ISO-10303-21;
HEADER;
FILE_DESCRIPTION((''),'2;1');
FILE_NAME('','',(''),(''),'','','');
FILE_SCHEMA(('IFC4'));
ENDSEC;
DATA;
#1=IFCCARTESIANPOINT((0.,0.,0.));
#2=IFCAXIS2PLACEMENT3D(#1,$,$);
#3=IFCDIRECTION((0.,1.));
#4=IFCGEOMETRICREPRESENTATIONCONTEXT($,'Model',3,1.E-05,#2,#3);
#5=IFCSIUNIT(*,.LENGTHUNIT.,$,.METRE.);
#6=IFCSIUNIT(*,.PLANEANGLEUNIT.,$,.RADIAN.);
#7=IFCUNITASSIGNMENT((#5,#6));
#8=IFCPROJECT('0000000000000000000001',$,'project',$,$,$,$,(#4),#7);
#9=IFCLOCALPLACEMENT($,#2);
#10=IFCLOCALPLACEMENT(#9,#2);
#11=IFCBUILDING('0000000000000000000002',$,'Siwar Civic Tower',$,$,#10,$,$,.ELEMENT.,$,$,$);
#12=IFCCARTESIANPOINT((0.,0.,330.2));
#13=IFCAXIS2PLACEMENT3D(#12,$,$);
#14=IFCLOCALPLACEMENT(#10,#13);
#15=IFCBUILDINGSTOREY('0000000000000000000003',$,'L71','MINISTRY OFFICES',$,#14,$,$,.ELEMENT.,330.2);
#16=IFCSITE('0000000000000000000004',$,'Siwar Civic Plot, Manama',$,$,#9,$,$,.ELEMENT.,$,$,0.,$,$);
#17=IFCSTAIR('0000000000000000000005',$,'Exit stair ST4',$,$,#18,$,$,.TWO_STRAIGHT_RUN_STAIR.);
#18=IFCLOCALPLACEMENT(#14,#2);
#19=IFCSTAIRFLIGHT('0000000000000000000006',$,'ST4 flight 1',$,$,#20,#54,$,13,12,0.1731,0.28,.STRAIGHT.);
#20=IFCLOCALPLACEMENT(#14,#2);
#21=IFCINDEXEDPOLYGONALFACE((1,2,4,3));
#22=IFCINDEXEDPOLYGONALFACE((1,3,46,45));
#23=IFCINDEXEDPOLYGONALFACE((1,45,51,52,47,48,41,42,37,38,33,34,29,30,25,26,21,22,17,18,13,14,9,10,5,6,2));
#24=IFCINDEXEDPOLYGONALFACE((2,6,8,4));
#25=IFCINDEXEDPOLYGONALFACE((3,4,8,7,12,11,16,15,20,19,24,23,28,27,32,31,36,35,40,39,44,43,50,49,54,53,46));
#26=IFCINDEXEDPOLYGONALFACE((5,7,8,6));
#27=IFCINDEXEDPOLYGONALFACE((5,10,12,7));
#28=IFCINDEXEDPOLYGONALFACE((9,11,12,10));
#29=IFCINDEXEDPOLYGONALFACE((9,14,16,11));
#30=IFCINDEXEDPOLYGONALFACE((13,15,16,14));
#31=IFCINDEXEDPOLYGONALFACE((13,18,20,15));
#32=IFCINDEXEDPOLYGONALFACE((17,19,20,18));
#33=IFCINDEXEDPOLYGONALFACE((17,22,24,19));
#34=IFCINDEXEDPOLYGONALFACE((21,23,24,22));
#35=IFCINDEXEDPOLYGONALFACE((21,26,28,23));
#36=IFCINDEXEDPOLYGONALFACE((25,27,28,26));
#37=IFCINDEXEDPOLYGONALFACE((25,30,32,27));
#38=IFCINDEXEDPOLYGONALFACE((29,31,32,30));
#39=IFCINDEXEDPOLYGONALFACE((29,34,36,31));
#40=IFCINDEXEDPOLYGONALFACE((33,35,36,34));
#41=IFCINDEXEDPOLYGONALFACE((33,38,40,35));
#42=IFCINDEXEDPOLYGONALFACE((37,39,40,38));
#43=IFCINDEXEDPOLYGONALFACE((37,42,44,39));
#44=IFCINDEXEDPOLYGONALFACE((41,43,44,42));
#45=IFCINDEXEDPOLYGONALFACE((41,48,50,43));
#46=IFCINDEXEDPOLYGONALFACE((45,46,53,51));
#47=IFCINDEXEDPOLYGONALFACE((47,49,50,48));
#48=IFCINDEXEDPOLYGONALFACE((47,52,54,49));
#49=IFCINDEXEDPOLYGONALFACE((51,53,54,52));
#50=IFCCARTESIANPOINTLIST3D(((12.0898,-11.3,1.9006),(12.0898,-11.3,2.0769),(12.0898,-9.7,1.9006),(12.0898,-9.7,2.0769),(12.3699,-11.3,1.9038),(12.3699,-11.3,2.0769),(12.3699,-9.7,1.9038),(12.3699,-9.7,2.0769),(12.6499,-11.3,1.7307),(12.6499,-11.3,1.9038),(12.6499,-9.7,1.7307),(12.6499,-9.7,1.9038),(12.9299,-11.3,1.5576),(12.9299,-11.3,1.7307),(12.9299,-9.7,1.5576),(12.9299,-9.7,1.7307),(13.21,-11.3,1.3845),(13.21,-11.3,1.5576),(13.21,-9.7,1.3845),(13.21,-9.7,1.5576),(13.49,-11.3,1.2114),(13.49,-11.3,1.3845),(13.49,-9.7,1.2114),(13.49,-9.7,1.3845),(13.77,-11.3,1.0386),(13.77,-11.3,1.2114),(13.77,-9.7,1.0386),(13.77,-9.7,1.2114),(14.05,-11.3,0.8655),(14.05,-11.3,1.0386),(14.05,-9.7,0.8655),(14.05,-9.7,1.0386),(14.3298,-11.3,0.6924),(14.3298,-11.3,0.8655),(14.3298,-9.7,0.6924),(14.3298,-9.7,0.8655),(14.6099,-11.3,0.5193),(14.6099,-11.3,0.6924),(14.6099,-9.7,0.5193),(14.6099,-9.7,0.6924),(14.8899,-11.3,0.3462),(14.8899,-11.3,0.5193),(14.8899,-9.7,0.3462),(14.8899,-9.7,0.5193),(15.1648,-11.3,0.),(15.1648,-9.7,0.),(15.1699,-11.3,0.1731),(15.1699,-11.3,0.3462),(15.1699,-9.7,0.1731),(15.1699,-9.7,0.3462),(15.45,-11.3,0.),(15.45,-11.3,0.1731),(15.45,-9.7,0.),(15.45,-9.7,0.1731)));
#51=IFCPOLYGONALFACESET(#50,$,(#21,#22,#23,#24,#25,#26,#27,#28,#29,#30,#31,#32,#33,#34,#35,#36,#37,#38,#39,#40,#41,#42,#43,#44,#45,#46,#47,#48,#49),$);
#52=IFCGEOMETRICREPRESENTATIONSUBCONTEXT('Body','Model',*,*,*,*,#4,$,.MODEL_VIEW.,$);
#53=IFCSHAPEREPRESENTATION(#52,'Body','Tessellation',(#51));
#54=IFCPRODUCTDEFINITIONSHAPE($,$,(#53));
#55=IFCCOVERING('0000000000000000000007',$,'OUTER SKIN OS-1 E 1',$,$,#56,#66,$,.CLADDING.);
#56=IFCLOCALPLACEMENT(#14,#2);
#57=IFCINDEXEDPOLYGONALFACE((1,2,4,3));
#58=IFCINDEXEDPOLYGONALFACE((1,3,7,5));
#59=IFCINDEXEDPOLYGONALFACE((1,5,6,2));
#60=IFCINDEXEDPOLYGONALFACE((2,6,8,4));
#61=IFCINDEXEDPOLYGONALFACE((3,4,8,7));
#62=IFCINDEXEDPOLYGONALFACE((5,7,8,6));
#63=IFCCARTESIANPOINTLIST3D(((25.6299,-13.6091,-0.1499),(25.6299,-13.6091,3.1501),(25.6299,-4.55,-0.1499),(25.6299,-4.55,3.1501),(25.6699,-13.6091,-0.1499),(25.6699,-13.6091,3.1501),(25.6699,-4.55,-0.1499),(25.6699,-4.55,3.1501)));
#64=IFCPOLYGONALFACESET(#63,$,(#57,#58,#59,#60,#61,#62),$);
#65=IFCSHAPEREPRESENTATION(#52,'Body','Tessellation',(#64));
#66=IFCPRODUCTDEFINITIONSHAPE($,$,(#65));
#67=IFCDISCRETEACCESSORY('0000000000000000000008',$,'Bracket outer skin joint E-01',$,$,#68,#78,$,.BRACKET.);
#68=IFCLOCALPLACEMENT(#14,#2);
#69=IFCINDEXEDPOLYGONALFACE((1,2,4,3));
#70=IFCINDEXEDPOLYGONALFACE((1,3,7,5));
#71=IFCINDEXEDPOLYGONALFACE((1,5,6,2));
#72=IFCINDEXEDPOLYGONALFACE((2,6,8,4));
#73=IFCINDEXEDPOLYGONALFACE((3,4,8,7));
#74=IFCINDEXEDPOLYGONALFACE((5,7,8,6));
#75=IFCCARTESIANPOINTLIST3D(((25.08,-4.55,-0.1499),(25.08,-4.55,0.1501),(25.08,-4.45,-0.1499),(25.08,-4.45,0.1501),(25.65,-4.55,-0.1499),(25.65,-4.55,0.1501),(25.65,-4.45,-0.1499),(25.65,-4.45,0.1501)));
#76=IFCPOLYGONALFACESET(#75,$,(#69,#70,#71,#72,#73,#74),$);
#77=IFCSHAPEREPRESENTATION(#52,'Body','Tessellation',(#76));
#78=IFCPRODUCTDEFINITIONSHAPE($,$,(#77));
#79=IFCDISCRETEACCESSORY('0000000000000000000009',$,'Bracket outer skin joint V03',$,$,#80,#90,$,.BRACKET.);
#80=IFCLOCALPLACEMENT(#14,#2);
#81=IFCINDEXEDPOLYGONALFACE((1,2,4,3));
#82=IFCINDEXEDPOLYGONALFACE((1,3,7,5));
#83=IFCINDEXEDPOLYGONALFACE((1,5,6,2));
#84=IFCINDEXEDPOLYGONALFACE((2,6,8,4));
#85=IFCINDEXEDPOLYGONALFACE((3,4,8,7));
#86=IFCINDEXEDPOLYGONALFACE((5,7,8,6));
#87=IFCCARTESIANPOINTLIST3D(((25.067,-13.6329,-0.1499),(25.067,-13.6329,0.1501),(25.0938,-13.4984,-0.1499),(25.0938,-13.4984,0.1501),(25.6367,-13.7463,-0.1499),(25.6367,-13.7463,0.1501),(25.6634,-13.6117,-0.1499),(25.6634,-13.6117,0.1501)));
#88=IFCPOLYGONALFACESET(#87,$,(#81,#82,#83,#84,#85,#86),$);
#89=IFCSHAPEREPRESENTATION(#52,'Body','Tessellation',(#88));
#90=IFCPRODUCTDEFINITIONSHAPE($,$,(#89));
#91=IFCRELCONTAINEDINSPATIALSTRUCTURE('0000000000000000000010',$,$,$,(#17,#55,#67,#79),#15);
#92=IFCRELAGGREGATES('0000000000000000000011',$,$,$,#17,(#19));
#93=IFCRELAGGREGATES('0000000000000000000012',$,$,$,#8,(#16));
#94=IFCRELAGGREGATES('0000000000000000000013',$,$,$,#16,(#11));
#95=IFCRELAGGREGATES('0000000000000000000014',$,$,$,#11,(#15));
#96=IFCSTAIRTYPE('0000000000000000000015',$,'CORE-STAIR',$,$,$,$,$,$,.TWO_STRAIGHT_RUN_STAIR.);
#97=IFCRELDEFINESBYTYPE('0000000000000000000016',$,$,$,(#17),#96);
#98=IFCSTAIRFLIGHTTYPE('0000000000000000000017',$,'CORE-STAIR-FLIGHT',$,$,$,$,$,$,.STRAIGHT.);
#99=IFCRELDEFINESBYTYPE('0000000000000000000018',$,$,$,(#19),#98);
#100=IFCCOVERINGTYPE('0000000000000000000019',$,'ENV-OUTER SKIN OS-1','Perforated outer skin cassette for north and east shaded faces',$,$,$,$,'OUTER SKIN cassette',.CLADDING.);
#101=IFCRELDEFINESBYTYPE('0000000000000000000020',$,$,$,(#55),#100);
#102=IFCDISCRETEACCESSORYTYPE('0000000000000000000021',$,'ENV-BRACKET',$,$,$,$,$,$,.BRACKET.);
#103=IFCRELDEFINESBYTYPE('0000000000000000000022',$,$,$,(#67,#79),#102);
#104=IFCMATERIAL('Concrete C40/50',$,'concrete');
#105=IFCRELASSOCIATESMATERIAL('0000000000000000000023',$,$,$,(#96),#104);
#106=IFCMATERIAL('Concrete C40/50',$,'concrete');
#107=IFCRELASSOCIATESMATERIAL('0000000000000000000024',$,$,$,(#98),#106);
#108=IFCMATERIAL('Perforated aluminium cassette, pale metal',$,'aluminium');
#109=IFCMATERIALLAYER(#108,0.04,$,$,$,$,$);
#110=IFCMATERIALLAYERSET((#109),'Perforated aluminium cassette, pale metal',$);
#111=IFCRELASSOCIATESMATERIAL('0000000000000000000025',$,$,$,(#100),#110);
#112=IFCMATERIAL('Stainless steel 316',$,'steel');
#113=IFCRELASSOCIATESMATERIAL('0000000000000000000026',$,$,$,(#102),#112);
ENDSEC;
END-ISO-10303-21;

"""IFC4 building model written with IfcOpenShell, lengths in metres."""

from ifc_helpers import new_model, si_unit, direction, frame, origin, origin_2d, place, context, subcontext, project, spatial, polyline, rectangle, outline, extrude, material, layer, layer_set, type_object, element, aggregate, save


model = new_model("IFC4")

# Units and contexts
model_context = context("Model", 3, precision=1e-05, world=origin(), true_north=direction((0.0, 1.0)))
body_context = subcontext(model_context, "Body", "Model", "MODEL_VIEW")
ifc_project = project(units=[si_unit("LENGTHUNIT", "METRE"), si_unit("PLANEANGLEUNIT", "RADIAN")], contexts=[model_context])

# Site, building, storey
site_placement = place(None, origin())
site = spatial("IfcSite", under=ifc_project, at=site_placement, Name="Siwar Civic Plot, Manama", CompositionType="ELEMENT", RefElevation=0.0)
building_placement = place(site_placement, origin())
building = spatial("IfcBuilding", under=site, at=building_placement, Name="Siwar Civic Tower", CompositionType="ELEMENT")
storey_placement = place(building_placement, frame((0.0, 0.0, 330.2)))
storey = spatial("IfcBuildingStorey", under=building, at=storey_placement, Name="L71", Description="MINISTRY OFFICES", CompositionType="ELEMENT", Elevation=330.2)

# Stair, stair flight
ifc_material_1 = material(Name="Concrete C40/50", Category="concrete")
stair_type = type_object("IfcStairType", Name="CORE-STAIR", PredefinedType="TWO_STRAIGHT_RUN_STAIR", material=ifc_material_1)
stair_placement = place(storey_placement, origin())
stair = element("IfcStair", 1, at=stair_placement, inside=storey, type_object=stair_type, Name="Exit stair ST4", PredefinedType="TWO_STRAIGHT_RUN_STAIR")
ifc_material_2 = material(Name="Concrete C40/50", Category="concrete")
stair_flight_type = type_object("IfcStairFlightType", Name="CORE-STAIR-FLIGHT", PredefinedType="STRAIGHT", material=ifc_material_2)
stair_flight_placement = place(storey_placement, frame((15.45, -10.5, 0.0), z_axis=(0.0, 0.0, 1.0), x_axis=(-1.0, 0.0, 0.0)))
stair_flight = element("IfcStairFlight", 2, at=stair_flight_placement, type_object=stair_flight_type, Name="ST4 flight 1", NumberOfRisers=13, NumberOfTreads=12, PredefinedType="STRAIGHT", RiserHeight=0.1731, TreadLength=0.28, context=body_context, shape_type="SweptSolid", body=[
    extrude(outline(polyline([(0.0, 0.0), (0.0, 0.1731), (0.28, 0.1731), (0.28, 0.3462), (0.5601, 0.3462), (0.5601, 0.5193), (0.8401, 0.5193), (0.8401, 0.6924), (1.1201, 0.6924), (1.1201, 0.8655), (1.3999, 0.8655), (1.3999, 1.0386), (1.6799, 1.0386), (1.6799, 1.2114), (1.96, 1.2114), (1.96, 1.3845), (2.24, 1.3845), (2.24, 1.5576), (2.52, 1.5576), (2.52, 1.7307), (2.8, 1.7307), (2.8, 1.9038), (3.0801, 1.9038), (3.0801, 2.0769), (3.3601, 2.0769), (3.3601, 2.25), (3.3601, 1.9006), (0.2852, 0.0), (0.0, 0.0)])), frame((0.0, 0.8, 0.0), z_axis=(0.0, -1.0, 0.0), x_axis=(1.0, 0.0, 0.0)), (0.0, 0.0, 1.0), 1.6001),
])
aggregate(stair, [stair_flight])

# Covering
ifc_material_3 = material(Name="Perforated aluminium cassette, pale metal", Category="aluminium")
ifc_layer_1 = layer(ifc_material_3, 0.04)
ifc_layer_set_1 = layer_set([ifc_layer_1], Name="Perforated aluminium cassette, pale metal")
covering_type = type_object("IfcCoveringType", Name="ENV-OUTER SKIN OS-1", Description="Perforated outer skin cassette for north and east shaded faces", ElementType="OUTER SKIN cassette", PredefinedType="CLADDING", material=ifc_layer_set_1)
covering_placement = place(storey_placement, frame((25.6499, -9.0796, -0.1499), z_axis=(0.0, 0.0, 1.0), x_axis=(0.0, 1.0, 0.0)))
element("IfcCovering", 3, at=covering_placement, inside=storey, type_object=covering_type, Name="OUTER SKIN OS-1 E 1", PredefinedType="CLADDING", context=body_context, shape_type="SweptSolid", body=[
    extrude(rectangle(XDim=9.0591, YDim=0.04, at=origin_2d()), origin(), (0.0, 0.0, 1.0), 3.3),
])

# Discrete accessories
ifc_material_4 = material(Name="Stainless steel 316", Category="steel")
discrete_accessory_type = type_object("IfcDiscreteAccessoryType", Name="ENV-BRACKET", PredefinedType="BRACKET", material=ifc_material_4)
discrete_accessory_1_placement = place(storey_placement, frame((25.365, -4.5, -0.1499), z_axis=(0.0, 0.0, 1.0), x_axis=(1.0, 0.0, 0.0)))
element("IfcDiscreteAccessory", 4, at=discrete_accessory_1_placement, inside=storey, type_object=discrete_accessory_type, Name="Bracket outer skin joint E-01", PredefinedType="BRACKET", context=body_context, shape_type="SweptSolid", body=[
    extrude(rectangle(XDim=0.5701, YDim=0.1001, at=origin_2d()), origin(), (0.0, 0.0, 1.0), 0.3),
])
discrete_accessory_2_placement = place(storey_placement, frame((25.3652, -13.6223, -0.1499), z_axis=(0.0, 0.0, 1.0), x_axis=(0.980785, -0.19509, 0.0)))
element("IfcDiscreteAccessory", 5, at=discrete_accessory_2_placement, inside=storey, type_object=discrete_accessory_type, Name="Bracket outer skin joint V03", PredefinedType="BRACKET", context=body_context, shape_type="SweptSolid", body=[
    extrude(rectangle(XDim=0.5808, YDim=0.1372, at=origin_2d()), origin(), (0.0, 0.0, 1.0), 0.3),
])

save(model, "model.ifc")
